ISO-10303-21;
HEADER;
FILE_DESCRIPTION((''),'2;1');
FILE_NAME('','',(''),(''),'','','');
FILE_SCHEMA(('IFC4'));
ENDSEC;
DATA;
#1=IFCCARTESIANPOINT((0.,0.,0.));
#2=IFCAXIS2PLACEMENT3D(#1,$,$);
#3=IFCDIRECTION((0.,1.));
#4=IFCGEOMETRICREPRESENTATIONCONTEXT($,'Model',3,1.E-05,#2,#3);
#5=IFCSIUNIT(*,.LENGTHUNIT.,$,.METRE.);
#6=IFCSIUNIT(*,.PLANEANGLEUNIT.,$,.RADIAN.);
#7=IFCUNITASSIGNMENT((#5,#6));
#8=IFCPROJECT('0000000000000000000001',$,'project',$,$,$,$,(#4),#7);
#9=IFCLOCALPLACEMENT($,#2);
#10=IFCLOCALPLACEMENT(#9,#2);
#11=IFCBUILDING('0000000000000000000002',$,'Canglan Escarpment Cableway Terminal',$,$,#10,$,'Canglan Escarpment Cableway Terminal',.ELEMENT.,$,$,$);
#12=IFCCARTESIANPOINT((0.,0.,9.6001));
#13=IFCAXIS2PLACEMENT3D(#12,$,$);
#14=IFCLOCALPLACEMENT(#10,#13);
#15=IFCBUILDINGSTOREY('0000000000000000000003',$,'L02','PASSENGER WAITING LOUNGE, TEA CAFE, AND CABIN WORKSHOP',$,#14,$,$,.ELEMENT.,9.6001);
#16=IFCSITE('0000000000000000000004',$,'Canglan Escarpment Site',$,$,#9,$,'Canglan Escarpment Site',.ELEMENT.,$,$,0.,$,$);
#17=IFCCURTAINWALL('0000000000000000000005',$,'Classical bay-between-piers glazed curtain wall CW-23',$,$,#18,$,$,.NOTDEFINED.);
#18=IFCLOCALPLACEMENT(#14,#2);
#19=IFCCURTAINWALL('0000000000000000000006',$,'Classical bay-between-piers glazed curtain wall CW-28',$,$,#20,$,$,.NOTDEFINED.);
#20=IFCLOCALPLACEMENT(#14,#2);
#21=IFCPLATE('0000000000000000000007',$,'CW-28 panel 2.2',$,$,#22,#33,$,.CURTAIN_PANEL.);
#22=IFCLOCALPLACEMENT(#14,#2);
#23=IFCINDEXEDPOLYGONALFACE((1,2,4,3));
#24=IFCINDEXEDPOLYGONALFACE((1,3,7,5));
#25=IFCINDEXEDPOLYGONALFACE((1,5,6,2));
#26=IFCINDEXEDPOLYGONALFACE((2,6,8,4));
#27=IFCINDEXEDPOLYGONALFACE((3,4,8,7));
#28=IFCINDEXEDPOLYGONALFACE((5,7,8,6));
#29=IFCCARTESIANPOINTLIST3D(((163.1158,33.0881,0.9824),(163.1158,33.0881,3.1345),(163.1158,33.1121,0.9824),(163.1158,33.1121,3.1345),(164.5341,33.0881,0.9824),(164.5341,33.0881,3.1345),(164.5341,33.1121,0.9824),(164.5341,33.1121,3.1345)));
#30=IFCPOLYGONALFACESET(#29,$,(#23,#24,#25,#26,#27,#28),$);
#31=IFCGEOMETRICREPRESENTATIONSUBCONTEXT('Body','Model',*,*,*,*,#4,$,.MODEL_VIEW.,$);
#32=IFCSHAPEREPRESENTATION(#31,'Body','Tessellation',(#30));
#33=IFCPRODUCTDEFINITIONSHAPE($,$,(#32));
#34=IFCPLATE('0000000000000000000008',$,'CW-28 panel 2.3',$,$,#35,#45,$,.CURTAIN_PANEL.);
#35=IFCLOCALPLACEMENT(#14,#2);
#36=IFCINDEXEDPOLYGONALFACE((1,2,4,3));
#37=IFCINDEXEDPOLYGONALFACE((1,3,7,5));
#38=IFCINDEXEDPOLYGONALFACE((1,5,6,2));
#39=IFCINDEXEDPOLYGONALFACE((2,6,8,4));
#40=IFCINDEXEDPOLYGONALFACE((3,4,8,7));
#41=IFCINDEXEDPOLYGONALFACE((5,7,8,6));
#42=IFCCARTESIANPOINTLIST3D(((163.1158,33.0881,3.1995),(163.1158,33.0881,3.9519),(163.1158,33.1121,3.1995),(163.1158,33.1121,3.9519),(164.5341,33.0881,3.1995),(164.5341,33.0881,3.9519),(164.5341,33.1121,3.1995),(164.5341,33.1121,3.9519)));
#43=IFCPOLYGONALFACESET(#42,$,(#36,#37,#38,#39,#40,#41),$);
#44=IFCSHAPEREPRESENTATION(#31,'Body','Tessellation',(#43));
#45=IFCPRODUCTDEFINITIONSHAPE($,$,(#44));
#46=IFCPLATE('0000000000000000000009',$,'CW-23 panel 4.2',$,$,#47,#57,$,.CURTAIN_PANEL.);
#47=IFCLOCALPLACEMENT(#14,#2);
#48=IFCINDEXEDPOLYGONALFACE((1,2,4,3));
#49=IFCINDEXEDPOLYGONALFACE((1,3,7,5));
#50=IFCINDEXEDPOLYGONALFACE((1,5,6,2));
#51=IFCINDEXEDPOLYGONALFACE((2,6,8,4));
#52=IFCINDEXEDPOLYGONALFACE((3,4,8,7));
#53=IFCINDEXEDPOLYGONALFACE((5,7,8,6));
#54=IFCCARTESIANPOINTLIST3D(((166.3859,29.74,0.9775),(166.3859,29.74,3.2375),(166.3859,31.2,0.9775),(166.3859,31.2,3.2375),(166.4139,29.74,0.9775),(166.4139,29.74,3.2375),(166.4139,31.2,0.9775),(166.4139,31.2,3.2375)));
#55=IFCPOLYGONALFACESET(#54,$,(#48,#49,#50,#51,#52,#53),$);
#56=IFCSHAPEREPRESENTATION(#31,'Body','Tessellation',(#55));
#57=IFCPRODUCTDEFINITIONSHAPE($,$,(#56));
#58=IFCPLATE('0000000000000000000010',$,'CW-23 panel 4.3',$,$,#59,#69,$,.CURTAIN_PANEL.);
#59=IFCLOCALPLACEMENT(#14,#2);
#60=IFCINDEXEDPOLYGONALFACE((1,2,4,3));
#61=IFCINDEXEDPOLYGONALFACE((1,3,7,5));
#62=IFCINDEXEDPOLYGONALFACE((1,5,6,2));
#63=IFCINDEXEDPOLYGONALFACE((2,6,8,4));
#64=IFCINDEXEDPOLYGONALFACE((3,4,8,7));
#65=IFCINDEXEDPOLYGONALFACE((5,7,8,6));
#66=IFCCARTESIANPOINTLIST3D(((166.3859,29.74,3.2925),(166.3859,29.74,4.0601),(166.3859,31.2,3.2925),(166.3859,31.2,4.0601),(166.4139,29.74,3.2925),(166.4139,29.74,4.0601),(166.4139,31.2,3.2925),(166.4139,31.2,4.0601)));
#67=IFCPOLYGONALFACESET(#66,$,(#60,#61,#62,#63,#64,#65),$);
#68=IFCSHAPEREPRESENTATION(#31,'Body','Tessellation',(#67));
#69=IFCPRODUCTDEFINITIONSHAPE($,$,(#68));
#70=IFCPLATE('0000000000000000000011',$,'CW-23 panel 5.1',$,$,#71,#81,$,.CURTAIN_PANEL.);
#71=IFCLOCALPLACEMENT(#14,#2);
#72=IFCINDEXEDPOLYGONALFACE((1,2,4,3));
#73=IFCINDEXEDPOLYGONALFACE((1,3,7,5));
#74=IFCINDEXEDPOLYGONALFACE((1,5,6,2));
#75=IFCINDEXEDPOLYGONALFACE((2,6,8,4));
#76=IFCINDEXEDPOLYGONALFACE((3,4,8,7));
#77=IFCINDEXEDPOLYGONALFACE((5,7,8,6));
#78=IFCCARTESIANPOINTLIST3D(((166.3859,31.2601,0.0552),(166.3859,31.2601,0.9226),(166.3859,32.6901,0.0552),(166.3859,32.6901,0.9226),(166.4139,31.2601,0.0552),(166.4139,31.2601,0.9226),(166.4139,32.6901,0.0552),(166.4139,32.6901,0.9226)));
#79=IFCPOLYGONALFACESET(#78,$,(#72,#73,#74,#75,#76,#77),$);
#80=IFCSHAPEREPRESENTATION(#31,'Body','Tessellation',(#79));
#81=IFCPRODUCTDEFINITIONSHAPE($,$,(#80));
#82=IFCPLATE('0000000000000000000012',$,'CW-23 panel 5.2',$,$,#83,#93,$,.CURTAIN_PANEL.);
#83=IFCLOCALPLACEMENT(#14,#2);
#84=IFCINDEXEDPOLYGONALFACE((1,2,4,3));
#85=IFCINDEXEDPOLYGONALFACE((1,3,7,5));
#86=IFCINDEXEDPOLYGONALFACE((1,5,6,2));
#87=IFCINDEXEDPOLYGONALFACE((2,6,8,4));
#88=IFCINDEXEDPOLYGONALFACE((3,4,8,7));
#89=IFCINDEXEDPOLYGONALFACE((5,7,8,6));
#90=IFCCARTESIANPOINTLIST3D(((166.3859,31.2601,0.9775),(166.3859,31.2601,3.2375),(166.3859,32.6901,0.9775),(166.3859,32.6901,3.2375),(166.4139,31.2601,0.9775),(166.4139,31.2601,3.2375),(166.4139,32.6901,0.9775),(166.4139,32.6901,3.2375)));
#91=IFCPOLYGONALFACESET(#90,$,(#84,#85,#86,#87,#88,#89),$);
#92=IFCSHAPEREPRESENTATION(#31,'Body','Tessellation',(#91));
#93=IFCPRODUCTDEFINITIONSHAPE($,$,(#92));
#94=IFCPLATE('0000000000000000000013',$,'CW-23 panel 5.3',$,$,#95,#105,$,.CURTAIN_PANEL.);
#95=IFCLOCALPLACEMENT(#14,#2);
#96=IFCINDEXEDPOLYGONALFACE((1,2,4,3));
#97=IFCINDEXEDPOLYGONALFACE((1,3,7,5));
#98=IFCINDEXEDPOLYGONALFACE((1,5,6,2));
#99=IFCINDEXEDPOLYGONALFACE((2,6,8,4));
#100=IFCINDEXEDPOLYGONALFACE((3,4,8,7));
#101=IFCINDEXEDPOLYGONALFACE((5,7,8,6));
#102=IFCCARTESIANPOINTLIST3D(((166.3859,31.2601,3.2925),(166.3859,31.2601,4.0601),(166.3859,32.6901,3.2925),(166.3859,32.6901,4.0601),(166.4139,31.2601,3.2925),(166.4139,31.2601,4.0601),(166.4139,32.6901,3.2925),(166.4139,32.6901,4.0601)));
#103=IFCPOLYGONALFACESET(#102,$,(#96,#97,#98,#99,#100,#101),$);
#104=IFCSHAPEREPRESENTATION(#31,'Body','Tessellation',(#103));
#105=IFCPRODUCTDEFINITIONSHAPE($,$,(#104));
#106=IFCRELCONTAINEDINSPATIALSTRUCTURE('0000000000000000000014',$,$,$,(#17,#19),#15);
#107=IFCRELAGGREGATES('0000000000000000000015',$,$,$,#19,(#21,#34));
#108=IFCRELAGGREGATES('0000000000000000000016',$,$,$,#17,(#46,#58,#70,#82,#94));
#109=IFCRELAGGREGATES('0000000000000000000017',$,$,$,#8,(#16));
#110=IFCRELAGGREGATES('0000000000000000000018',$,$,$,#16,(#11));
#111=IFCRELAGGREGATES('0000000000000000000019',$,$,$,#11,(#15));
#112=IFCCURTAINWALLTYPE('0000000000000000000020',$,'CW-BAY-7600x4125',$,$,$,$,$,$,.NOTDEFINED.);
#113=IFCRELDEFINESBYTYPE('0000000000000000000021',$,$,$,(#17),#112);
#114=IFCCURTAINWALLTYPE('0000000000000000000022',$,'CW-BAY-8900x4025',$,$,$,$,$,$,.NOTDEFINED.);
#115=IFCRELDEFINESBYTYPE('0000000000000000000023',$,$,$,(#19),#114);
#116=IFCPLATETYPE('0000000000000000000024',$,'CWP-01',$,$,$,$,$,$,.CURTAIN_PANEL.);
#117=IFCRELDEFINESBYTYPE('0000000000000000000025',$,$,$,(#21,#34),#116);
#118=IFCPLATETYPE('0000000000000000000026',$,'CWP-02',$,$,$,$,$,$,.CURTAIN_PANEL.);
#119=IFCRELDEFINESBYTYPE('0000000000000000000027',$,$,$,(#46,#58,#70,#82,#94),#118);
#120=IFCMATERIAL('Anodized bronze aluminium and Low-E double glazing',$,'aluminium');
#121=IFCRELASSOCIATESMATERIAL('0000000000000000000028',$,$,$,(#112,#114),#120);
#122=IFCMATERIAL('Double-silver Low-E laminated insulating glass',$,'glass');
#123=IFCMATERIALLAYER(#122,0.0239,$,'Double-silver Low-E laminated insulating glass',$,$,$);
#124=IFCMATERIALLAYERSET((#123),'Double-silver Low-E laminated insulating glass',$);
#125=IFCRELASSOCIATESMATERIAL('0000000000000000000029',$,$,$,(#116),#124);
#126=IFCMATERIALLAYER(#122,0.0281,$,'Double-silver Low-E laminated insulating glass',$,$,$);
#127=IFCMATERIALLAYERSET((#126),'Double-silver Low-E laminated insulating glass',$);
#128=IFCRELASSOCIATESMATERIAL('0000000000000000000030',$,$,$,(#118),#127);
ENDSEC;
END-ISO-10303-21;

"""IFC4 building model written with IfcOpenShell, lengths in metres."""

from ifc_helpers import new_model, si_unit, direction, frame, origin, origin_2d, place, context, subcontext, project, spatial, rectangle, extrude, material, layer, layer_set, type_object, element, aggregate, save


model = new_model("IFC4")

# Units and contexts
model_context = context("Model", 3, precision=1e-05, world=origin(), true_north=direction((0.0, 1.0)))
body_context = subcontext(model_context, "Body", "Model", "MODEL_VIEW")
ifc_project = project(units=[si_unit("LENGTHUNIT", "METRE"), si_unit("PLANEANGLEUNIT", "RADIAN")], contexts=[model_context])

# Site, building, storey
site_placement = place(None, origin())
site = spatial("IfcSite", under=ifc_project, at=site_placement, Name="Canglan Escarpment Site", LongName="Canglan Escarpment Site", CompositionType="ELEMENT", RefElevation=0.0)
building_placement = place(site_placement, origin())
building = spatial("IfcBuilding", under=site, at=building_placement, Name="Canglan Escarpment Cableway Terminal", LongName="Canglan Escarpment Cableway Terminal", CompositionType="ELEMENT")
storey_placement = place(building_placement, frame((0.0, 0.0, 9.6001)))
storey = spatial("IfcBuildingStorey", under=building, at=storey_placement, Name="L02", Description="PASSENGER WAITING LOUNGE, TEA CAFE, AND CABIN WORKSHOP", CompositionType="ELEMENT", Elevation=9.6001)

# Curtain walls
ifc_material_1 = material(Name="Anodized bronze aluminium and Low-E double glazing", Category="aluminium")
curtain_wall_type_1 = type_object("IfcCurtainWallType", Name="CW-BAY-7600x4125", PredefinedType="NOTDEFINED", material=ifc_material_1)
curtain_wall_1_placement = place(storey_placement, origin())
curtain_wall_1 = element("IfcCurtainWall", 1, at=curtain_wall_1_placement, inside=storey, type_object=curtain_wall_type_1, Name="Classical bay-between-piers glazed curtain wall CW-23", PredefinedType="NOTDEFINED")
curtain_wall_type_2 = type_object("IfcCurtainWallType", Name="CW-BAY-8900x4025", PredefinedType="NOTDEFINED", material=ifc_material_1)
curtain_wall_2_placement = place(storey_placement, origin())
curtain_wall_2 = element("IfcCurtainWall", 2, at=curtain_wall_2_placement, inside=storey, type_object=curtain_wall_type_2, Name="Classical bay-between-piers glazed curtain wall CW-28", PredefinedType="NOTDEFINED")

# Plates
ifc_material_2 = material(Name="Double-silver Low-E laminated insulating glass", Category="glass")
ifc_layer_1 = layer(ifc_material_2, 0.0239, Name="Double-silver Low-E laminated insulating glass")
ifc_layer_set_1 = layer_set([ifc_layer_1], Name="Double-silver Low-E laminated insulating glass")
plate_type_1 = type_object("IfcPlateType", Name="CWP-01", PredefinedType="CURTAIN_PANEL", material=ifc_layer_set_1)
plate_1_placement = place(storey_placement, frame((163.825, 33.1001, 0.9824), z_axis=(0.0, 0.0, 1.0), x_axis=(-1.0, 0.0, 0.0)))
plate_1 = element("IfcPlate", 3, at=plate_1_placement, type_object=plate_type_1, Name="CW-28 panel 2.2", PredefinedType="CURTAIN_PANEL", context=body_context, shape_type="SweptSolid", body=[
    extrude(rectangle(XDim=1.4182, YDim=0.0239, at=origin_2d()), origin(), (0.0, 0.0, 1.0), 2.1521),
])
plate_2_placement = place(storey_placement, frame((163.825, 33.1001, 3.1995), z_axis=(0.0, 0.0, 1.0), x_axis=(-1.0, 0.0, 0.0)))
plate_2 = element("IfcPlate", 4, at=plate_2_placement, type_object=plate_type_1, Name="CW-28 panel 2.3", PredefinedType="CURTAIN_PANEL", context=body_context, shape_type="SweptSolid", body=[
    extrude(rectangle(XDim=1.4182, YDim=0.0239, at=origin_2d()), origin(), (0.0, 0.0, 1.0), 0.7524),
])
aggregate(curtain_wall_2, [plate_1, plate_2])
ifc_layer_2 = layer(ifc_material_2, 0.0281, Name="Double-silver Low-E laminated insulating glass")
ifc_layer_set_2 = layer_set([ifc_layer_2], Name="Double-silver Low-E laminated insulating glass")
plate_type_2 = type_object("IfcPlateType", Name="CWP-02", PredefinedType="CURTAIN_PANEL", material=ifc_layer_set_2)
plate_3_placement = place(storey_placement, frame((166.3999, 30.47, 0.9775), z_axis=(0.0, 0.0, 1.0), x_axis=(0.0, 1.0, 0.0)))
plate_3 = element("IfcPlate", 5, at=plate_3_placement, type_object=plate_type_2, Name="CW-23 panel 4.2", PredefinedType="CURTAIN_PANEL", context=body_context, shape_type="SweptSolid", body=[
    extrude(rectangle(XDim=1.46, YDim=0.0281, at=origin_2d()), origin(), (0.0, 0.0, 1.0), 2.26),
])
plate_4_placement = place(storey_placement, frame((166.3999, 30.47, 3.2925), z_axis=(0.0, 0.0, 1.0), x_axis=(0.0, 1.0, 0.0)))
plate_4 = element("IfcPlate", 6, at=plate_4_placement, type_object=plate_type_2, Name="CW-23 panel 4.3", PredefinedType="CURTAIN_PANEL", context=body_context, shape_type="SweptSolid", body=[
    extrude(rectangle(XDim=1.46, YDim=0.0281, at=origin_2d()), origin(), (0.0, 0.0, 1.0), 0.7676),
])
plate_5_placement = place(storey_placement, frame((166.3999, 31.9751, 0.0552), z_axis=(0.0, 0.0, 1.0), x_axis=(0.0, 1.0, 0.0)))
plate_5 = element("IfcPlate", 7, at=plate_5_placement, type_object=plate_type_2, Name="CW-23 panel 5.1", PredefinedType="CURTAIN_PANEL", context=body_context, shape_type="SweptSolid", body=[
    extrude(rectangle(XDim=1.4299, YDim=0.0281, at=origin_2d()), origin(), (0.0, 0.0, 1.0), 0.8674),
])
plate_6_placement = place(storey_placement, frame((166.3999, 31.9751, 0.9775), z_axis=(0.0, 0.0, 1.0), x_axis=(0.0, 1.0, 0.0)))
plate_6 = element("IfcPlate", 8, at=plate_6_placement, type_object=plate_type_2, Name="CW-23 panel 5.2", PredefinedType="CURTAIN_PANEL", context=body_context, shape_type="SweptSolid", body=[
    extrude(rectangle(XDim=1.4299, YDim=0.0281, at=origin_2d()), origin(), (0.0, 0.0, 1.0), 2.26),
])
plate_7_placement = place(storey_placement, frame((166.3999, 31.9751, 3.2925), z_axis=(0.0, 0.0, 1.0), x_axis=(0.0, 1.0, 0.0)))
plate_7 = element("IfcPlate", 9, at=plate_7_placement, type_object=plate_type_2, Name="CW-23 panel 5.3", PredefinedType="CURTAIN_PANEL", context=body_context, shape_type="SweptSolid", body=[
    extrude(rectangle(XDim=1.4299, YDim=0.0281, at=origin_2d()), origin(), (0.0, 0.0, 1.0), 0.7676),
])
aggregate(curtain_wall_1, [plate_3, plate_4, plate_5, plate_6, plate_7])

save(model, "model.ifc")
